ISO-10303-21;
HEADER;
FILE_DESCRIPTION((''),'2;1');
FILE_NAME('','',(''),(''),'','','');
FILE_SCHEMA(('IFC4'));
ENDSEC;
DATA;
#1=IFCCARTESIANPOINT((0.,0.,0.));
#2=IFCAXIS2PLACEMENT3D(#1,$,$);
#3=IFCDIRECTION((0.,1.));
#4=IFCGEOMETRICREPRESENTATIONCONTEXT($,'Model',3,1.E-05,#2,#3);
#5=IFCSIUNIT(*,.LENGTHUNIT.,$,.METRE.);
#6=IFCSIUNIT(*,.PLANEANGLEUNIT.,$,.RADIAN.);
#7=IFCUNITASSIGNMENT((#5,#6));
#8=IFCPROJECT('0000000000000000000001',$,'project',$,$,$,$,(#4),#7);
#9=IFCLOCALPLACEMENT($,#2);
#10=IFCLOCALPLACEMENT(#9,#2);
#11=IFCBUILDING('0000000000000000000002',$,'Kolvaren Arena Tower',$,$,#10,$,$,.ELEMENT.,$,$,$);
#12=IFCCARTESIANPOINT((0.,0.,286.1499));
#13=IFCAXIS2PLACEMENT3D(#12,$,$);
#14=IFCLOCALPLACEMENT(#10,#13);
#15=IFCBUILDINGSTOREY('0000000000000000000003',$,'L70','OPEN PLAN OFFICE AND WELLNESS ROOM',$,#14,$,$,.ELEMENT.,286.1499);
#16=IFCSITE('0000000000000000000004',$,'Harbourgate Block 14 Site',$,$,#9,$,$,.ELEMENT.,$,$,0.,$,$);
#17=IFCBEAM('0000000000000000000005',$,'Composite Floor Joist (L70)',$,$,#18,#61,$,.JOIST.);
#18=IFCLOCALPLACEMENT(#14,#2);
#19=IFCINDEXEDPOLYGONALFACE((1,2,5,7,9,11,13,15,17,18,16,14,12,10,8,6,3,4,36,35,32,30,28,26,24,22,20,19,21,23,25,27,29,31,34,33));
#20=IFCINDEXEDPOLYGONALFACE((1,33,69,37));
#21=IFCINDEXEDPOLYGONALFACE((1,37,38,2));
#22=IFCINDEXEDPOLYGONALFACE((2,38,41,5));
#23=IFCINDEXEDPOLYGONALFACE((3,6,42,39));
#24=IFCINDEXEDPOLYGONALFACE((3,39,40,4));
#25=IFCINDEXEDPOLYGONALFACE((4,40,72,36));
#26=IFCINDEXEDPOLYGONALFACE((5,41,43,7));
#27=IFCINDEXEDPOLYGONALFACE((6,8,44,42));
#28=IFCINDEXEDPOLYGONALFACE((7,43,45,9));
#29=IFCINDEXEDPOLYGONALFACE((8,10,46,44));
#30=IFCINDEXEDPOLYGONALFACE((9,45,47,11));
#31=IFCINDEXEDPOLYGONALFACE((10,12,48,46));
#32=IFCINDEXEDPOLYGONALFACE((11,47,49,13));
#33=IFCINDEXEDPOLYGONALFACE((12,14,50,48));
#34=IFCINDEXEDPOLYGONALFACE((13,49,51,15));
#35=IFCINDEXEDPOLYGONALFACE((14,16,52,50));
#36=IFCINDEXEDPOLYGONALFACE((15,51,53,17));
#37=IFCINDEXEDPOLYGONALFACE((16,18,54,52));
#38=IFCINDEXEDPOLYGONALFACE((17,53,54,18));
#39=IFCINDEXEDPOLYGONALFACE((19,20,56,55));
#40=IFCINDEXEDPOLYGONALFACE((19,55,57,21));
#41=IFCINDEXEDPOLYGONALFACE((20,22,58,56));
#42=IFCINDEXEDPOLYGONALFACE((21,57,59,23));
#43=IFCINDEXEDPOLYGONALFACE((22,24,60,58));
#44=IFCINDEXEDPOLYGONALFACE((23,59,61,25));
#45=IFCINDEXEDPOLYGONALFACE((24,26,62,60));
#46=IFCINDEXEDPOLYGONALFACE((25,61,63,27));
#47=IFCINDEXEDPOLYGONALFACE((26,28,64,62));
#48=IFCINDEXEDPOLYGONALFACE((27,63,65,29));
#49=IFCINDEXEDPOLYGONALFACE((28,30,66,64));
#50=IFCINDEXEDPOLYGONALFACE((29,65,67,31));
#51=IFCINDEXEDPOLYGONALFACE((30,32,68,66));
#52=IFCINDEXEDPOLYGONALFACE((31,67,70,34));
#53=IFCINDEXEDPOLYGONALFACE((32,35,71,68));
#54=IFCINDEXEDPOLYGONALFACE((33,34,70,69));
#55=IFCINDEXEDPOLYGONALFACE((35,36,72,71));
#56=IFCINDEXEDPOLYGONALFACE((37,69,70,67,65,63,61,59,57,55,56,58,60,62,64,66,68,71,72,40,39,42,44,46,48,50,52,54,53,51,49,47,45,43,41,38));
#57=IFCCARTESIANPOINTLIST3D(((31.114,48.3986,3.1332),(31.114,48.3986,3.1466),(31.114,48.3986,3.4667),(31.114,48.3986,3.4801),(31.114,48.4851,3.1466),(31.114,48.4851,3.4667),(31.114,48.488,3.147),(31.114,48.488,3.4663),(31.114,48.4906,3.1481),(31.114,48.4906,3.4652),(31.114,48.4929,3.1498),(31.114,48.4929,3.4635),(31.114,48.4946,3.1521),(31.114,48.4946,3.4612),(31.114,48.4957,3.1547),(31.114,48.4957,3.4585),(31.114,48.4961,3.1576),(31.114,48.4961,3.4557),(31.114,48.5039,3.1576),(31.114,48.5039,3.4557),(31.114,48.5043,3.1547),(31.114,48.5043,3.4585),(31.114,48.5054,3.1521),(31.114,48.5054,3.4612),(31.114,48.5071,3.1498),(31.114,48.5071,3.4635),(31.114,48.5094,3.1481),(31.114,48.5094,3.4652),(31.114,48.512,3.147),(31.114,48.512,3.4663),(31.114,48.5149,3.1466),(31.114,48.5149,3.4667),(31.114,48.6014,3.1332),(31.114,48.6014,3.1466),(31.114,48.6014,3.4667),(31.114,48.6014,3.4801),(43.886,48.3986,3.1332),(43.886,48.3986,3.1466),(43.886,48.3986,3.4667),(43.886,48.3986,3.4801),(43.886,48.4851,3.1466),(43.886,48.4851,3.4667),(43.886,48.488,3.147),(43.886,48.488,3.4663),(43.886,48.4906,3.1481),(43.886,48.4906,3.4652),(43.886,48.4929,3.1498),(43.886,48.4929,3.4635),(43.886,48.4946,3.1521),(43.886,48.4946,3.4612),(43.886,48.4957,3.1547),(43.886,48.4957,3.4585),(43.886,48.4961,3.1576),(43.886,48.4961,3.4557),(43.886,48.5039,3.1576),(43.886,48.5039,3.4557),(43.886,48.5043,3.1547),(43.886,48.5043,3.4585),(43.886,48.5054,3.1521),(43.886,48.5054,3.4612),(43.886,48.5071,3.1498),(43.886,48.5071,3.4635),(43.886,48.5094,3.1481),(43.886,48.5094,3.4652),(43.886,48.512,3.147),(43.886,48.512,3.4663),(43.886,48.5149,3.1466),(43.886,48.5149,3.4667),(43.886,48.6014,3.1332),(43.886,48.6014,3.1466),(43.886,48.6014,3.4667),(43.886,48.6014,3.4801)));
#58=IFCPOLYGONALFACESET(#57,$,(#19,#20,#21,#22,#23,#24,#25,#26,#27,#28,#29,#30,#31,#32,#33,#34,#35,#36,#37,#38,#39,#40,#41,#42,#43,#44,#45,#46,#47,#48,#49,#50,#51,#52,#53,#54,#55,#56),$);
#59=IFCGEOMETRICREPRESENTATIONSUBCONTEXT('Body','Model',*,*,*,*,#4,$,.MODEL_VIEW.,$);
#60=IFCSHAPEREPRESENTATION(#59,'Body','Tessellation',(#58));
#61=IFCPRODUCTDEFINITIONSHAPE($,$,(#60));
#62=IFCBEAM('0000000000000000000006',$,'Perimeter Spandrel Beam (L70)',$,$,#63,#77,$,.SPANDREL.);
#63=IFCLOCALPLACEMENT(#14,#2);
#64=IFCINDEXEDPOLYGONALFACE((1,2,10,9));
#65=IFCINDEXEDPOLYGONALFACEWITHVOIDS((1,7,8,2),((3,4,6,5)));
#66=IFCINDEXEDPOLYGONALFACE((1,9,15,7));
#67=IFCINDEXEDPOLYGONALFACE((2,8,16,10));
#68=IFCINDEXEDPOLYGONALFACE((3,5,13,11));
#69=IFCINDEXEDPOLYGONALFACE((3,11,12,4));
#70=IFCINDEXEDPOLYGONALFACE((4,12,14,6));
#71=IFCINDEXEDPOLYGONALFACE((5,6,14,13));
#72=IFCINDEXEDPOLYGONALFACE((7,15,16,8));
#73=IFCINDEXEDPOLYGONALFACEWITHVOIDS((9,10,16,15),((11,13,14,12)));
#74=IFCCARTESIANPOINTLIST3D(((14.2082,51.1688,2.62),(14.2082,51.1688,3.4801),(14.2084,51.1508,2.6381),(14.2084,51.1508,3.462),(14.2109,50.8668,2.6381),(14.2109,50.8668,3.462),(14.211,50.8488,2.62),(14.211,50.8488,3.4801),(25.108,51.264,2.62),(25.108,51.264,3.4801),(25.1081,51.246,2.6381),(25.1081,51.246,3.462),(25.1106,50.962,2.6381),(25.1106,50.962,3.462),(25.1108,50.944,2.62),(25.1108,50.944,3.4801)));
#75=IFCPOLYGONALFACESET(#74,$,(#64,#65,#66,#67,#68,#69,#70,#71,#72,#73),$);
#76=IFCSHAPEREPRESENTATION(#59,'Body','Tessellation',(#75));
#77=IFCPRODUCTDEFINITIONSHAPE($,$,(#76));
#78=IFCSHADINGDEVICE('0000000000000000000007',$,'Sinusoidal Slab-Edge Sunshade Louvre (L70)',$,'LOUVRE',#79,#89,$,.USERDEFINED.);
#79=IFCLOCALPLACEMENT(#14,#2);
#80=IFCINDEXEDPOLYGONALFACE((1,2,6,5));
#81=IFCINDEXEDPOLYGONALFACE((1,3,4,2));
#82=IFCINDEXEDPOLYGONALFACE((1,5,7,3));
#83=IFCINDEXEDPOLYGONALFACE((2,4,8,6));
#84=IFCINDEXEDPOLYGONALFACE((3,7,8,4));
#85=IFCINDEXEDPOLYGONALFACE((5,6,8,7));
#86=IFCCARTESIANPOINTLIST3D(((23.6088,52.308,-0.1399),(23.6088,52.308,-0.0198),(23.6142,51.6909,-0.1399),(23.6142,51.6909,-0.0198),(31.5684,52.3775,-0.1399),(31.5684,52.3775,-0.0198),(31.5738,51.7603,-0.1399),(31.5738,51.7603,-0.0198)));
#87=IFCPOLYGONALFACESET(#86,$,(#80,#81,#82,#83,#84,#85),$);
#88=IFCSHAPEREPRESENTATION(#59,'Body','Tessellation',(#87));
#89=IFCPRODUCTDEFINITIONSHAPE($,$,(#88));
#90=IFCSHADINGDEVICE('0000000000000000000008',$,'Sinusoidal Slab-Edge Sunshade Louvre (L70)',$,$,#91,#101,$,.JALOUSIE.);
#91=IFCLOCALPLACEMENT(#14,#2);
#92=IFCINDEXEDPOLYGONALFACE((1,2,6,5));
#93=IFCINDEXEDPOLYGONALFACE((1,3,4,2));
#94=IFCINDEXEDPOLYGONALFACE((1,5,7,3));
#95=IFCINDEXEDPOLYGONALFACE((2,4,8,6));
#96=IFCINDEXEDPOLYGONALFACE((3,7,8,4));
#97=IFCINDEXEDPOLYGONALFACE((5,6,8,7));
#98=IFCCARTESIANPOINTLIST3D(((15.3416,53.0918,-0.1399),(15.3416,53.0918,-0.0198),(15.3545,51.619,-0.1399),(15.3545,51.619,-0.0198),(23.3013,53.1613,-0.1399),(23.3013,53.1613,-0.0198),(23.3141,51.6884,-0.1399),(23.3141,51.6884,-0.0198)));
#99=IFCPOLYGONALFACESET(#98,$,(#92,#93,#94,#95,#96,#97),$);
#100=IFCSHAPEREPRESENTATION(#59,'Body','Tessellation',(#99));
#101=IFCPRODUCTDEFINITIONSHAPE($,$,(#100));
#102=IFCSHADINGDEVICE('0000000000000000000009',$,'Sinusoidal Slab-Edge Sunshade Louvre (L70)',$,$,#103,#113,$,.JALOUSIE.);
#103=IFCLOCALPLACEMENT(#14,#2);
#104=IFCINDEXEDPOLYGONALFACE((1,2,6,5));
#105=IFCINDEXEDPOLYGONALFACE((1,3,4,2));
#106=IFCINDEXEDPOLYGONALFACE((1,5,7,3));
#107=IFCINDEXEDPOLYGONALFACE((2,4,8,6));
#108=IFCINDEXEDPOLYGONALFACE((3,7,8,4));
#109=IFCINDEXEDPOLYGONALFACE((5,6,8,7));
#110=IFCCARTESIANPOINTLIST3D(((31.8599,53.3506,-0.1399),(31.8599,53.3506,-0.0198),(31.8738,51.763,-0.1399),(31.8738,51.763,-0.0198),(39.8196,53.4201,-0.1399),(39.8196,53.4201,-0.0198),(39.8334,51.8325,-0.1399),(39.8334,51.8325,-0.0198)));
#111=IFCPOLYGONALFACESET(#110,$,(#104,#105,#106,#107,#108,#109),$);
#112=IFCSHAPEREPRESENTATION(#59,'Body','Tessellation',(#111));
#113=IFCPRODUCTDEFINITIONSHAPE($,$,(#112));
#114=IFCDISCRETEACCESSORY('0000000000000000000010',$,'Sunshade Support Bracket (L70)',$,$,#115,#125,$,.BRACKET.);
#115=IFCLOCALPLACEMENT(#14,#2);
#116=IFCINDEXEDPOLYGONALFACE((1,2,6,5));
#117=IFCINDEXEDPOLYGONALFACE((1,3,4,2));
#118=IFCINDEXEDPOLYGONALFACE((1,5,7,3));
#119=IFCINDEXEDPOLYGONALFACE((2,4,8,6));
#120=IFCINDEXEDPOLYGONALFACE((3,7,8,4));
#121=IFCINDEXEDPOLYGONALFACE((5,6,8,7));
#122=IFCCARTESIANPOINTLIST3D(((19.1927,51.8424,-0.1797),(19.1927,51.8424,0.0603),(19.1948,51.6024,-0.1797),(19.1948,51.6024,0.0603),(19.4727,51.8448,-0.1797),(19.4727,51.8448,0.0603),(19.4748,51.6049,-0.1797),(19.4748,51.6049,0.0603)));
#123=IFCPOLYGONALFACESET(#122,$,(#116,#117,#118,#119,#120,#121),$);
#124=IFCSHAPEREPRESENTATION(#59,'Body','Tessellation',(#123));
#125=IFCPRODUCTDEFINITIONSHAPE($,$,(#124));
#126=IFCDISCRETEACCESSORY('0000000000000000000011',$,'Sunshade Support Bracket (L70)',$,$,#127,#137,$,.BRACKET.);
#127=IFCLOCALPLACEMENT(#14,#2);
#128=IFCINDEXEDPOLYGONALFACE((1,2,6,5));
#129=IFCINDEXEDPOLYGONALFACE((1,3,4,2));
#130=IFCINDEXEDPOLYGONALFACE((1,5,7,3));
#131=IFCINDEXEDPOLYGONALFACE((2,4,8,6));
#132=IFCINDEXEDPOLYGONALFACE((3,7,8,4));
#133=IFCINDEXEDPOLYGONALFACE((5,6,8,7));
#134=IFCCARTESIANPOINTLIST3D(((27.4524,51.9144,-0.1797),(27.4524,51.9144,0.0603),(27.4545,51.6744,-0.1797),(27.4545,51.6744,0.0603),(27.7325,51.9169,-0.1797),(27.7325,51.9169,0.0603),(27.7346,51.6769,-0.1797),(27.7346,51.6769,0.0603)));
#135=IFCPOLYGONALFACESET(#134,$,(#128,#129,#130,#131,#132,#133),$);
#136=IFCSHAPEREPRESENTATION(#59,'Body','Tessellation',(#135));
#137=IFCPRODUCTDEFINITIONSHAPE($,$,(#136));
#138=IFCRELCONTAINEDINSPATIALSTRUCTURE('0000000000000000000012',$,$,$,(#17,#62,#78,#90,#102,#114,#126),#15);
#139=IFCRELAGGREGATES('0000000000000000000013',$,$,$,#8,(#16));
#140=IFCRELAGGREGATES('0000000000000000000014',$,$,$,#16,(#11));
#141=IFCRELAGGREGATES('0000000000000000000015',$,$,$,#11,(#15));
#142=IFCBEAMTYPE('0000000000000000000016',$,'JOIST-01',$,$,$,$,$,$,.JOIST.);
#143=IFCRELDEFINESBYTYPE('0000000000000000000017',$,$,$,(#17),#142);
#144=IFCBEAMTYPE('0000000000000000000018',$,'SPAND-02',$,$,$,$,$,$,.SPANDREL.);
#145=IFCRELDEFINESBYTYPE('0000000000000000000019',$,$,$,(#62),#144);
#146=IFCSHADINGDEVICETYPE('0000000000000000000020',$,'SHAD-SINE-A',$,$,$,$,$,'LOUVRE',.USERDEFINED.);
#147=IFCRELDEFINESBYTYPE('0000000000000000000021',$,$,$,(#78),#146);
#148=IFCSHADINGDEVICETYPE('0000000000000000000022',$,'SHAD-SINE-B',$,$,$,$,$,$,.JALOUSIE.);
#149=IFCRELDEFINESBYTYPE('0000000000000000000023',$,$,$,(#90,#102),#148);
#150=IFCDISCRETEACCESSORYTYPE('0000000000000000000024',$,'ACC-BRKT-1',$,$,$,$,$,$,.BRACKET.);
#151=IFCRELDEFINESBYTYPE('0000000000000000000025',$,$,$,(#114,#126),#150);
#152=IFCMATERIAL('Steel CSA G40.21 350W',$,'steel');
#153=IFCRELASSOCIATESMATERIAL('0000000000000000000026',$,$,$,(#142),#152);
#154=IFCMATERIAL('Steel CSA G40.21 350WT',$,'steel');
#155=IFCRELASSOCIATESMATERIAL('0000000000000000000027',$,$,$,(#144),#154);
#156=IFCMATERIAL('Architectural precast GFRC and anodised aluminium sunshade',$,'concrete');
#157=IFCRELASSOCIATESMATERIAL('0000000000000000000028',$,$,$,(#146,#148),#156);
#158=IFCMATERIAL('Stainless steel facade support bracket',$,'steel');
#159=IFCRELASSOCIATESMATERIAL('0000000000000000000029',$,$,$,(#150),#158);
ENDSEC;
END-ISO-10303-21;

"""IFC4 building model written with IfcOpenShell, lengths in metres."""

from ifc_helpers import new_model, si_unit, direction, frame, origin, origin_2d, place, context, subcontext, project, spatial, rectangle, hollow_rectangle, i_section, extrude, material, material_profile, profile_set, type_object, element, save


model = new_model("IFC4")

# Units and contexts
model_context = context("Model", 3, precision=1e-05, world=origin(), true_north=direction((0.0, 1.0)))
body_context = subcontext(model_context, "Body", "Model", "MODEL_VIEW")
ifc_project = project(units=[si_unit("LENGTHUNIT", "METRE"), si_unit("PLANEANGLEUNIT", "RADIAN")], contexts=[model_context])

# Site, building, storey
site_placement = place(None, origin())
site = spatial("IfcSite", under=ifc_project, at=site_placement, Name="Harbourgate Block 14 Site", CompositionType="ELEMENT", RefElevation=0.0)
building_placement = place(site_placement, origin())
building = spatial("IfcBuilding", under=site, at=building_placement, Name="Kolvaren Arena Tower", CompositionType="ELEMENT")
storey_placement = place(building_placement, frame((0.0, 0.0, 286.1499)))
storey = spatial("IfcBuildingStorey", under=building, at=storey_placement, Name="L70", Description="OPEN PLAN OFFICE AND WELLNESS ROOM", CompositionType="ELEMENT", Elevation=286.1499)

# Beams
ifc_material_1 = material(Name="Steel CSA G40.21 350W", Category="steel")
ifc_material_profile_1 = material_profile(ifc_material_1, i_section(OverallWidth=0.2029, OverallDepth=0.3469, WebThickness=0.0078, FlangeThickness=0.0134, FilletRadius=0.011, at=origin_2d()), Name="W360x64")
ifc_profile_set_1 = profile_set([ifc_material_profile_1], Name="Steel CSA G40.21 350W")
beam_type_1 = type_object("IfcBeamType", Name="JOIST-01", PredefinedType="JOIST", material=ifc_profile_set_1)
beam_1_placement = place(storey_placement, frame((31.114, 48.5, 3.3066), z_axis=(1.0, 0.0, 0.0), x_axis=(0.0, 1.0, 0.0)))
element("IfcBeam", 1, at=beam_1_placement, inside=storey, type_object=beam_type_1, Name="Composite Floor Joist (L70)", PredefinedType="JOIST", context=body_context, shape_type="SweptSolid", body=[
    extrude(i_section(OverallWidth=0.2029, OverallDepth=0.3469, WebThickness=0.0078, FlangeThickness=0.0134, FilletRadius=0.011, at=origin_2d()), origin(), (0.0, 0.0, 1.0), 12.772),
])
ifc_material_2 = material(Name="Steel CSA G40.21 350WT", Category="steel")
ifc_material_profile_2 = material_profile(ifc_material_2, hollow_rectangle(XDim=0.3201, YDim=0.8601, WallThickness=0.0181, at=origin_2d()), Name="HSS 860x320x18")
ifc_profile_set_2 = profile_set([ifc_material_profile_2], Name="Steel CSA G40.21 350WT")
beam_type_2 = type_object("IfcBeamType", Name="SPAND-02", PredefinedType="SPANDREL", material=ifc_profile_set_2)
beam_2_placement = place(storey_placement, frame((25.1094, 51.104, 3.05), z_axis=(-0.999962, -0.008735, 0.0), x_axis=(0.008735, -0.999962, 0.0)))
element("IfcBeam", 2, at=beam_2_placement, inside=storey, type_object=beam_type_2, Name="Perimeter Spandrel Beam (L70)", PredefinedType="SPANDREL", context=body_context, shape_type="SweptSolid", body=[
    extrude(hollow_rectangle(XDim=0.3201, YDim=0.8601, WallThickness=0.0181, at=origin_2d()), origin(), (0.0, 0.0, 1.0), 10.9001),
])

# Shading devices
ifc_material_3 = material(Name="Architectural precast GFRC and anodised aluminium sunshade", Category="concrete")
shading_device_type_1 = type_object("IfcShadingDeviceType", Name="SHAD-SINE-A", ElementType="LOUVRE", PredefinedType="USERDEFINED", material=ifc_material_3)
shading_device_1_placement = place(storey_placement, frame((27.5913, 52.0342, -0.1399), z_axis=(0.0, 0.0, 1.0), x_axis=(0.999962, 0.008727, 0.0)))
element("IfcShadingDevice", 3, at=shading_device_1_placement, inside=storey, type_object=shading_device_type_1, Name="Sinusoidal Slab-Edge Sunshade Louvre (L70)", ObjectType="LOUVRE", PredefinedType="USERDEFINED", context=body_context, shape_type="SweptSolid", body=[
    extrude(rectangle(XDim=7.96, YDim=0.6172, at=origin_2d()), origin(), (0.0, 0.0, 1.0), 0.1201),
])
shading_device_type_2 = type_object("IfcShadingDeviceType", Name="SHAD-SINE-B", PredefinedType="JALOUSIE", material=ifc_material_3)
shading_device_2_placement = place(storey_placement, frame((19.3279, 52.3901, -0.1399), z_axis=(0.0, 0.0, 1.0), x_axis=(0.999962, 0.008727, 0.0)))
element("IfcShadingDevice", 4, at=shading_device_2_placement, inside=storey, type_object=shading_device_type_2, Name="Sinusoidal Slab-Edge Sunshade Louvre (L70)", PredefinedType="JALOUSIE", context=body_context, shape_type="SweptSolid", body=[
    extrude(rectangle(XDim=7.96, YDim=1.4729, at=origin_2d()), origin(), (0.0, 0.0, 1.0), 0.1201),
])
shading_device_3_placement = place(storey_placement, frame((35.8467, 52.5916, -0.1399), z_axis=(0.0, 0.0, 1.0), x_axis=(0.999962, 0.008727, 0.0)))
element("IfcShadingDevice", 5, at=shading_device_3_placement, inside=storey, type_object=shading_device_type_2, Name="Sinusoidal Slab-Edge Sunshade Louvre (L70)", PredefinedType="JALOUSIE", context=body_context, shape_type="SweptSolid", body=[
    extrude(rectangle(XDim=7.96, YDim=1.5876, at=origin_2d()), origin(), (0.0, 0.0, 1.0), 0.1201),
])

# Discrete accessories
ifc_material_4 = material(Name="Stainless steel facade support bracket", Category="steel")
discrete_accessory_type = type_object("IfcDiscreteAccessoryType", Name="ACC-BRKT-1", PredefinedType="BRACKET", material=ifc_material_4)
for number, where, z_axis, x_axis, name in (
    (6, (19.3337, 51.7236, -0.1797), (0.0, 0.0, 1.0), (0.999962, 0.008727, 0.0), "Sunshade Support Bracket (L70)"),
    (7, (27.5935, 51.7957, -0.1797), (0.0, 0.0, 1.0), (0.999962, 0.008727, 0.0), "Sunshade Support Bracket (L70)"),
):
    element("IfcDiscreteAccessory", number, at=place(storey_placement, frame(where, z_axis=z_axis, x_axis=x_axis)), inside=storey, type_object=discrete_accessory_type, Name=name, PredefinedType="BRACKET", context=body_context, shape_type="SweptSolid", body=[
        extrude(rectangle(XDim=0.28, YDim=0.24, at=origin_2d()), origin(), (0.0, 0.0, 1.0), 0.24),
    ])

save(model, "model.ifc")
